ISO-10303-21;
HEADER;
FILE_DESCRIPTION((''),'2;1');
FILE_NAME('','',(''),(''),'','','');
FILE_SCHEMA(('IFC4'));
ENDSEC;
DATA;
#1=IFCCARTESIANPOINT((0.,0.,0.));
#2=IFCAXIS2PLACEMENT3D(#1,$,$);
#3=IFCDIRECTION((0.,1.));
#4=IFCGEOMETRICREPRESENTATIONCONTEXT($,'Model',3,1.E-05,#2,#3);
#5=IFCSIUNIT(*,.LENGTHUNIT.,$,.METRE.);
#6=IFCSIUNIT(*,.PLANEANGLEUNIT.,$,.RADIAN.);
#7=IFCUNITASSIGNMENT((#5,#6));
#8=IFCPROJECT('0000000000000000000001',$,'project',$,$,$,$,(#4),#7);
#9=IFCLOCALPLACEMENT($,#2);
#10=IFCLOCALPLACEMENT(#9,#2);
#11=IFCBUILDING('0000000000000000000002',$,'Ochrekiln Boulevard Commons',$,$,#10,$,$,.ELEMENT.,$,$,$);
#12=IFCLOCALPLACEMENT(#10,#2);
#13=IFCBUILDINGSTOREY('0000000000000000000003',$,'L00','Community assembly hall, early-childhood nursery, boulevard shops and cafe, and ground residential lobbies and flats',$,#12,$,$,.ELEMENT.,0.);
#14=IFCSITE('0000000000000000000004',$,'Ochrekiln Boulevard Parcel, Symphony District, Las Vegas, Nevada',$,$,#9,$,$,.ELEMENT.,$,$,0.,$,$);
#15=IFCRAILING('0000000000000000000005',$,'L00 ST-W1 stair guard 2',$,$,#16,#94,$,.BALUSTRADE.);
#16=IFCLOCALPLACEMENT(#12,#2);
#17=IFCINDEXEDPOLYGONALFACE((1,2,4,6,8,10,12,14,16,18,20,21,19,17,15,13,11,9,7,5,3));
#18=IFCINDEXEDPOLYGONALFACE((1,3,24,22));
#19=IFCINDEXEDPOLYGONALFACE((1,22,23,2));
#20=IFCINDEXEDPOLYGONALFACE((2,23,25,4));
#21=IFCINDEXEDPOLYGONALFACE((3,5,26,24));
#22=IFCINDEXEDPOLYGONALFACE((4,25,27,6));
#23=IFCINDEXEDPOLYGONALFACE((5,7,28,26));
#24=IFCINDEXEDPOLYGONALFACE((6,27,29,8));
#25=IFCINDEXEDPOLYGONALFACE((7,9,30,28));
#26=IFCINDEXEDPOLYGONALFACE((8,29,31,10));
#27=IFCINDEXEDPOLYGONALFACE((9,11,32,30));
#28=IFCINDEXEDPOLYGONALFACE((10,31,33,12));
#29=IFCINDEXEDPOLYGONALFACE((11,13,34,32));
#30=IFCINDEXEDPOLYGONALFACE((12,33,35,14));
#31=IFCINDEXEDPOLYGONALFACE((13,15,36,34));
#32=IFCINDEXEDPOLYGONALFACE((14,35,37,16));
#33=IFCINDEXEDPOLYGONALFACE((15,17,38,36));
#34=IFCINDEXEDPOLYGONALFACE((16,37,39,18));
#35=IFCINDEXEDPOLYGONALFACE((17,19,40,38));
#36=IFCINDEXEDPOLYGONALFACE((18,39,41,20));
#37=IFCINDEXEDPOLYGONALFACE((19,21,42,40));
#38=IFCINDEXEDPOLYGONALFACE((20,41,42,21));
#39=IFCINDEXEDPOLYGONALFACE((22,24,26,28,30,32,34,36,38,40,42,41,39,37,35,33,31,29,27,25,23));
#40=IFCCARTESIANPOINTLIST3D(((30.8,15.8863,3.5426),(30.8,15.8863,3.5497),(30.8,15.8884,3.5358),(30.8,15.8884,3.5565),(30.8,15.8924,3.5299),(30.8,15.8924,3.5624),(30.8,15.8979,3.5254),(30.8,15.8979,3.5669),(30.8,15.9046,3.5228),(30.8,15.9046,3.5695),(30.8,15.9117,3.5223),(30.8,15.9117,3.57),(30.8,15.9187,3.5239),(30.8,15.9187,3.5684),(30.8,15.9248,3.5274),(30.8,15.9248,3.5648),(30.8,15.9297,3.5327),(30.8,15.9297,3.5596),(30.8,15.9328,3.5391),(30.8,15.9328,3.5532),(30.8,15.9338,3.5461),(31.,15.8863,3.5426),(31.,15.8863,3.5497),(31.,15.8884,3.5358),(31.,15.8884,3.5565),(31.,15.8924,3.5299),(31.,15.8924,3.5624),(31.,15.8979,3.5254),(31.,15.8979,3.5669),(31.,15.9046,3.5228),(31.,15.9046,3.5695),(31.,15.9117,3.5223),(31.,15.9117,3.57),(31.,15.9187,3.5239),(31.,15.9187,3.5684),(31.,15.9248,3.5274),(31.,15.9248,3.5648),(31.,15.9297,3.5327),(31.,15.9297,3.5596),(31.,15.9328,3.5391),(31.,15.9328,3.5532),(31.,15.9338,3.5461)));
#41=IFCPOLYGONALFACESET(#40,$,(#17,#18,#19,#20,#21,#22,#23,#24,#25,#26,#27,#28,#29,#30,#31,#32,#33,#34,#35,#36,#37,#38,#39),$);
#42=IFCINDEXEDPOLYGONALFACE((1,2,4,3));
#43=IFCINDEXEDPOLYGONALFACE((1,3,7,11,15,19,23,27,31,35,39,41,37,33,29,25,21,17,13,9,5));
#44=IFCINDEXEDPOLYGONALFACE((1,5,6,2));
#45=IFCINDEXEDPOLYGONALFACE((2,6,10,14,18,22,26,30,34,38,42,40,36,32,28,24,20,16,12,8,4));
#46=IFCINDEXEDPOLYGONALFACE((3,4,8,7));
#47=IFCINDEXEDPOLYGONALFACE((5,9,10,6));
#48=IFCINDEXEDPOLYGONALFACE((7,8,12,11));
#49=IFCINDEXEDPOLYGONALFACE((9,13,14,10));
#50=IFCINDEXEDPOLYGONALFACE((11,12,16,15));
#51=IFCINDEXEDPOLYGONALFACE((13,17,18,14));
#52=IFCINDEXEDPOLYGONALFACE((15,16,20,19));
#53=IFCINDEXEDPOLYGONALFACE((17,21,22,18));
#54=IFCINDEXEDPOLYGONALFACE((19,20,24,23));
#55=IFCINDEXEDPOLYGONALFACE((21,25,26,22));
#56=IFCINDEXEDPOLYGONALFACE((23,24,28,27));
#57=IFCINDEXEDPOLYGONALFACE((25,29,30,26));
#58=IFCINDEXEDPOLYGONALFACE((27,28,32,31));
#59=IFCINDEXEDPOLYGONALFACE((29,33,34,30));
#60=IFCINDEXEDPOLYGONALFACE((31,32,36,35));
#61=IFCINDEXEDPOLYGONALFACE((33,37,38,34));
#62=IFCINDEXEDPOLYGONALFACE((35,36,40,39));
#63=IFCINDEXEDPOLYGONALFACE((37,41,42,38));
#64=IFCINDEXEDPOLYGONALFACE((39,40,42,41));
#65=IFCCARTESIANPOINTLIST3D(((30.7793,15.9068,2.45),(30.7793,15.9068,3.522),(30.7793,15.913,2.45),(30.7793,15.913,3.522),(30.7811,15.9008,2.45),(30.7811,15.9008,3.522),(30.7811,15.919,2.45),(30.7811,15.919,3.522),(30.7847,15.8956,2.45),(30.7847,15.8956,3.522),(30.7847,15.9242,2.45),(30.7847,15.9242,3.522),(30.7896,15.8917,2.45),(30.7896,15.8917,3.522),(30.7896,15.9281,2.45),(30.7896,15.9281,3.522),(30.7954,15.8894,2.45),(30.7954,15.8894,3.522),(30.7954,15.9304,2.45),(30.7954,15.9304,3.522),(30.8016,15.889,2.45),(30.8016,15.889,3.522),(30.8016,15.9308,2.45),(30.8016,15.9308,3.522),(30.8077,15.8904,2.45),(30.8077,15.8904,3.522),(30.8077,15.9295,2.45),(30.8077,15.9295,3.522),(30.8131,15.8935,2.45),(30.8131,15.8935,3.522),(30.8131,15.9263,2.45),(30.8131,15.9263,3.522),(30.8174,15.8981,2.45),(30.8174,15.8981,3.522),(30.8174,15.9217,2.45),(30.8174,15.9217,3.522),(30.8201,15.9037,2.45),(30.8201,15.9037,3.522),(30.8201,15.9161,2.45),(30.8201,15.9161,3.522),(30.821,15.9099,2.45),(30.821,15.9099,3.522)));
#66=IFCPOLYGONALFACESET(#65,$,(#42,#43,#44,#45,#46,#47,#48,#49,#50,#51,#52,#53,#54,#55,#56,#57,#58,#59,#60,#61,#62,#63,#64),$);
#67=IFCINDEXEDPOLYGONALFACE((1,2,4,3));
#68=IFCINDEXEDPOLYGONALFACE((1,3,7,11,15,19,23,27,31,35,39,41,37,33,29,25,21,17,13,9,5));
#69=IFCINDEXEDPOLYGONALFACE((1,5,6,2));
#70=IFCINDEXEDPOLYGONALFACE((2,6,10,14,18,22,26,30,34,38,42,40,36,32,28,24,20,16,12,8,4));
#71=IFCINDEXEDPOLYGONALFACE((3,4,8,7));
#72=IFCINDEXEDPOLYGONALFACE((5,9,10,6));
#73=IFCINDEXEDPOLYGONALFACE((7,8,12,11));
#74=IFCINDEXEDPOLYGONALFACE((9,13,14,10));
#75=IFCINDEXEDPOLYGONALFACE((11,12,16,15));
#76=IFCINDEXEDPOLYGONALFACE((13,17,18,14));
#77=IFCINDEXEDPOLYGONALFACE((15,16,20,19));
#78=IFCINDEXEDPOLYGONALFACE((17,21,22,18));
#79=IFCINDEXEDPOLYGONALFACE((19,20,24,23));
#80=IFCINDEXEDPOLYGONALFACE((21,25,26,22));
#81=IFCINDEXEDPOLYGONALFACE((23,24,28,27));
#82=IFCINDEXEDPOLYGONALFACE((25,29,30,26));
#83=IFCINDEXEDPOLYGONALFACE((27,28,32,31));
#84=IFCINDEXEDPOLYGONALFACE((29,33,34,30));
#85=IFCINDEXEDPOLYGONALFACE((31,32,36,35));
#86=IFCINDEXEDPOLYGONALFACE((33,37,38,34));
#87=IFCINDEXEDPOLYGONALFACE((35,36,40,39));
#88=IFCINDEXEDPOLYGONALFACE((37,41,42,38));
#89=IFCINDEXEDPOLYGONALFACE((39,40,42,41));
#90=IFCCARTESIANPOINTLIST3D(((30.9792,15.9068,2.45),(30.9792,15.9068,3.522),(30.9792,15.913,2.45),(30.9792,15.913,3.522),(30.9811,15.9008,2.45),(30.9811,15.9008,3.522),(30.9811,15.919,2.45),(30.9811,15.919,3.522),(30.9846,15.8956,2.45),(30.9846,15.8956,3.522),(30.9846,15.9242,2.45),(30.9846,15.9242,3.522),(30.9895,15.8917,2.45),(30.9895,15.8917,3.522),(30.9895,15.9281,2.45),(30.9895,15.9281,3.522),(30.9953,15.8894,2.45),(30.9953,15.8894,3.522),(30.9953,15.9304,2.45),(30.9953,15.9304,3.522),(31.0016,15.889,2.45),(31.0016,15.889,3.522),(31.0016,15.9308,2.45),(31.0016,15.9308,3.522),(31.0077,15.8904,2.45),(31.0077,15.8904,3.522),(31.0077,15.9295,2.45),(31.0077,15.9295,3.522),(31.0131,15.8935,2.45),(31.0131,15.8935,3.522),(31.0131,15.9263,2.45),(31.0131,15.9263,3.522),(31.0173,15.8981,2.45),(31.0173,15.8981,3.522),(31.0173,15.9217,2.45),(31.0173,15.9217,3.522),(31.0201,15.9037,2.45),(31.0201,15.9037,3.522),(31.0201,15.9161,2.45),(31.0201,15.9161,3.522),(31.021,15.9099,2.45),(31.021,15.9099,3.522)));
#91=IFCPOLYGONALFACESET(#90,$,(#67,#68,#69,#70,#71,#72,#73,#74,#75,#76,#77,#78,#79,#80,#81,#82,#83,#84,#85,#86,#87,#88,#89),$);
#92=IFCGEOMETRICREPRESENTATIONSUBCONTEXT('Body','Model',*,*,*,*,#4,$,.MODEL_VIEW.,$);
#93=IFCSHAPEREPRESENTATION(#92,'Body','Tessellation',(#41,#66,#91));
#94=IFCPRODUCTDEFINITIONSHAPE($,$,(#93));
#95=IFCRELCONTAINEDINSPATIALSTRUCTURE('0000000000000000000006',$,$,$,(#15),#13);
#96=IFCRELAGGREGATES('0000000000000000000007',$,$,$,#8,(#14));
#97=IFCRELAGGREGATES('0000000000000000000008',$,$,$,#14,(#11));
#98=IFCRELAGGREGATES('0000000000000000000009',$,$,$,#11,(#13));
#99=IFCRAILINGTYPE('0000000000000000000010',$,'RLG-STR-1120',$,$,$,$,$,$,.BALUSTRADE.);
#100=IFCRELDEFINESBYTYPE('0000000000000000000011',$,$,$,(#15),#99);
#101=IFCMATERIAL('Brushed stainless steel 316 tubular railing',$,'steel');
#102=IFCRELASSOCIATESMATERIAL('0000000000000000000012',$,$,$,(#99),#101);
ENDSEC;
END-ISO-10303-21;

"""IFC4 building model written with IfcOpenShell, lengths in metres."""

from ifc_helpers import new_model, si_unit, direction, frame, origin, origin_2d, place, context, subcontext, project, spatial, circle, extrude, material, type_object, element, save


model = new_model("IFC4")

# Units and contexts
model_context = context("Model", 3, precision=1e-05, world=origin(), true_north=direction((0.0, 1.0)))
body_context = subcontext(model_context, "Body", "Model", "MODEL_VIEW")
ifc_project = project(units=[si_unit("LENGTHUNIT", "METRE"), si_unit("PLANEANGLEUNIT", "RADIAN")], contexts=[model_context])

# Site, building, storey
site_placement = place(None, origin())
site = spatial("IfcSite", under=ifc_project, at=site_placement, Name="Ochrekiln Boulevard Parcel, Symphony District, Las Vegas, Nevada", CompositionType="ELEMENT", RefElevation=0.0)
building_placement = place(site_placement, origin())
building = spatial("IfcBuilding", under=site, at=building_placement, Name="Ochrekiln Boulevard Commons", CompositionType="ELEMENT")
storey_placement = place(building_placement, origin())
storey = spatial("IfcBuildingStorey", under=building, at=storey_placement, Name="L00", Description="Community assembly hall, early-childhood nursery, boulevard shops and cafe, and ground residential lobbies and flats", CompositionType="ELEMENT", Elevation=0.0)

# Railing
ifc_material_1 = material(Name="Brushed stainless steel 316 tubular railing", Category="steel")
railing_type_1 = type_object("IfcRailingType", Name="RLG-STR-1120", PredefinedType="BALUSTRADE", material=ifc_material_1)
railing_1_placement = place(storey_placement, frame((30.8, 15.9099, 2.45)))
element("IfcRailing", 1, at=railing_1_placement, inside=storey, type_object=railing_type_1, Name="L00 ST-W1 stair guard 2", PredefinedType="BALUSTRADE", context=body_context, shape_type="SweptSolid", body=[
    extrude(circle(Radius=0.0239, at=origin_2d()), frame((0.0, 0.0, 1.0962), z_axis=(1.0, 0.0, 0.0), x_axis=(0.0, 1.0, 0.0)), (0.0, 0.0, 1.0), 0.2),
    extrude(circle(Radius=0.021, at=origin_2d()), origin(), (0.0, 0.0, 1.0), 1.072),
    extrude(circle(Radius=0.021, at=origin_2d()), frame((0.2, 0.0, 0.0)), (0.0, 0.0, 1.0), 1.072),
])

save(model, "model.ifc")
